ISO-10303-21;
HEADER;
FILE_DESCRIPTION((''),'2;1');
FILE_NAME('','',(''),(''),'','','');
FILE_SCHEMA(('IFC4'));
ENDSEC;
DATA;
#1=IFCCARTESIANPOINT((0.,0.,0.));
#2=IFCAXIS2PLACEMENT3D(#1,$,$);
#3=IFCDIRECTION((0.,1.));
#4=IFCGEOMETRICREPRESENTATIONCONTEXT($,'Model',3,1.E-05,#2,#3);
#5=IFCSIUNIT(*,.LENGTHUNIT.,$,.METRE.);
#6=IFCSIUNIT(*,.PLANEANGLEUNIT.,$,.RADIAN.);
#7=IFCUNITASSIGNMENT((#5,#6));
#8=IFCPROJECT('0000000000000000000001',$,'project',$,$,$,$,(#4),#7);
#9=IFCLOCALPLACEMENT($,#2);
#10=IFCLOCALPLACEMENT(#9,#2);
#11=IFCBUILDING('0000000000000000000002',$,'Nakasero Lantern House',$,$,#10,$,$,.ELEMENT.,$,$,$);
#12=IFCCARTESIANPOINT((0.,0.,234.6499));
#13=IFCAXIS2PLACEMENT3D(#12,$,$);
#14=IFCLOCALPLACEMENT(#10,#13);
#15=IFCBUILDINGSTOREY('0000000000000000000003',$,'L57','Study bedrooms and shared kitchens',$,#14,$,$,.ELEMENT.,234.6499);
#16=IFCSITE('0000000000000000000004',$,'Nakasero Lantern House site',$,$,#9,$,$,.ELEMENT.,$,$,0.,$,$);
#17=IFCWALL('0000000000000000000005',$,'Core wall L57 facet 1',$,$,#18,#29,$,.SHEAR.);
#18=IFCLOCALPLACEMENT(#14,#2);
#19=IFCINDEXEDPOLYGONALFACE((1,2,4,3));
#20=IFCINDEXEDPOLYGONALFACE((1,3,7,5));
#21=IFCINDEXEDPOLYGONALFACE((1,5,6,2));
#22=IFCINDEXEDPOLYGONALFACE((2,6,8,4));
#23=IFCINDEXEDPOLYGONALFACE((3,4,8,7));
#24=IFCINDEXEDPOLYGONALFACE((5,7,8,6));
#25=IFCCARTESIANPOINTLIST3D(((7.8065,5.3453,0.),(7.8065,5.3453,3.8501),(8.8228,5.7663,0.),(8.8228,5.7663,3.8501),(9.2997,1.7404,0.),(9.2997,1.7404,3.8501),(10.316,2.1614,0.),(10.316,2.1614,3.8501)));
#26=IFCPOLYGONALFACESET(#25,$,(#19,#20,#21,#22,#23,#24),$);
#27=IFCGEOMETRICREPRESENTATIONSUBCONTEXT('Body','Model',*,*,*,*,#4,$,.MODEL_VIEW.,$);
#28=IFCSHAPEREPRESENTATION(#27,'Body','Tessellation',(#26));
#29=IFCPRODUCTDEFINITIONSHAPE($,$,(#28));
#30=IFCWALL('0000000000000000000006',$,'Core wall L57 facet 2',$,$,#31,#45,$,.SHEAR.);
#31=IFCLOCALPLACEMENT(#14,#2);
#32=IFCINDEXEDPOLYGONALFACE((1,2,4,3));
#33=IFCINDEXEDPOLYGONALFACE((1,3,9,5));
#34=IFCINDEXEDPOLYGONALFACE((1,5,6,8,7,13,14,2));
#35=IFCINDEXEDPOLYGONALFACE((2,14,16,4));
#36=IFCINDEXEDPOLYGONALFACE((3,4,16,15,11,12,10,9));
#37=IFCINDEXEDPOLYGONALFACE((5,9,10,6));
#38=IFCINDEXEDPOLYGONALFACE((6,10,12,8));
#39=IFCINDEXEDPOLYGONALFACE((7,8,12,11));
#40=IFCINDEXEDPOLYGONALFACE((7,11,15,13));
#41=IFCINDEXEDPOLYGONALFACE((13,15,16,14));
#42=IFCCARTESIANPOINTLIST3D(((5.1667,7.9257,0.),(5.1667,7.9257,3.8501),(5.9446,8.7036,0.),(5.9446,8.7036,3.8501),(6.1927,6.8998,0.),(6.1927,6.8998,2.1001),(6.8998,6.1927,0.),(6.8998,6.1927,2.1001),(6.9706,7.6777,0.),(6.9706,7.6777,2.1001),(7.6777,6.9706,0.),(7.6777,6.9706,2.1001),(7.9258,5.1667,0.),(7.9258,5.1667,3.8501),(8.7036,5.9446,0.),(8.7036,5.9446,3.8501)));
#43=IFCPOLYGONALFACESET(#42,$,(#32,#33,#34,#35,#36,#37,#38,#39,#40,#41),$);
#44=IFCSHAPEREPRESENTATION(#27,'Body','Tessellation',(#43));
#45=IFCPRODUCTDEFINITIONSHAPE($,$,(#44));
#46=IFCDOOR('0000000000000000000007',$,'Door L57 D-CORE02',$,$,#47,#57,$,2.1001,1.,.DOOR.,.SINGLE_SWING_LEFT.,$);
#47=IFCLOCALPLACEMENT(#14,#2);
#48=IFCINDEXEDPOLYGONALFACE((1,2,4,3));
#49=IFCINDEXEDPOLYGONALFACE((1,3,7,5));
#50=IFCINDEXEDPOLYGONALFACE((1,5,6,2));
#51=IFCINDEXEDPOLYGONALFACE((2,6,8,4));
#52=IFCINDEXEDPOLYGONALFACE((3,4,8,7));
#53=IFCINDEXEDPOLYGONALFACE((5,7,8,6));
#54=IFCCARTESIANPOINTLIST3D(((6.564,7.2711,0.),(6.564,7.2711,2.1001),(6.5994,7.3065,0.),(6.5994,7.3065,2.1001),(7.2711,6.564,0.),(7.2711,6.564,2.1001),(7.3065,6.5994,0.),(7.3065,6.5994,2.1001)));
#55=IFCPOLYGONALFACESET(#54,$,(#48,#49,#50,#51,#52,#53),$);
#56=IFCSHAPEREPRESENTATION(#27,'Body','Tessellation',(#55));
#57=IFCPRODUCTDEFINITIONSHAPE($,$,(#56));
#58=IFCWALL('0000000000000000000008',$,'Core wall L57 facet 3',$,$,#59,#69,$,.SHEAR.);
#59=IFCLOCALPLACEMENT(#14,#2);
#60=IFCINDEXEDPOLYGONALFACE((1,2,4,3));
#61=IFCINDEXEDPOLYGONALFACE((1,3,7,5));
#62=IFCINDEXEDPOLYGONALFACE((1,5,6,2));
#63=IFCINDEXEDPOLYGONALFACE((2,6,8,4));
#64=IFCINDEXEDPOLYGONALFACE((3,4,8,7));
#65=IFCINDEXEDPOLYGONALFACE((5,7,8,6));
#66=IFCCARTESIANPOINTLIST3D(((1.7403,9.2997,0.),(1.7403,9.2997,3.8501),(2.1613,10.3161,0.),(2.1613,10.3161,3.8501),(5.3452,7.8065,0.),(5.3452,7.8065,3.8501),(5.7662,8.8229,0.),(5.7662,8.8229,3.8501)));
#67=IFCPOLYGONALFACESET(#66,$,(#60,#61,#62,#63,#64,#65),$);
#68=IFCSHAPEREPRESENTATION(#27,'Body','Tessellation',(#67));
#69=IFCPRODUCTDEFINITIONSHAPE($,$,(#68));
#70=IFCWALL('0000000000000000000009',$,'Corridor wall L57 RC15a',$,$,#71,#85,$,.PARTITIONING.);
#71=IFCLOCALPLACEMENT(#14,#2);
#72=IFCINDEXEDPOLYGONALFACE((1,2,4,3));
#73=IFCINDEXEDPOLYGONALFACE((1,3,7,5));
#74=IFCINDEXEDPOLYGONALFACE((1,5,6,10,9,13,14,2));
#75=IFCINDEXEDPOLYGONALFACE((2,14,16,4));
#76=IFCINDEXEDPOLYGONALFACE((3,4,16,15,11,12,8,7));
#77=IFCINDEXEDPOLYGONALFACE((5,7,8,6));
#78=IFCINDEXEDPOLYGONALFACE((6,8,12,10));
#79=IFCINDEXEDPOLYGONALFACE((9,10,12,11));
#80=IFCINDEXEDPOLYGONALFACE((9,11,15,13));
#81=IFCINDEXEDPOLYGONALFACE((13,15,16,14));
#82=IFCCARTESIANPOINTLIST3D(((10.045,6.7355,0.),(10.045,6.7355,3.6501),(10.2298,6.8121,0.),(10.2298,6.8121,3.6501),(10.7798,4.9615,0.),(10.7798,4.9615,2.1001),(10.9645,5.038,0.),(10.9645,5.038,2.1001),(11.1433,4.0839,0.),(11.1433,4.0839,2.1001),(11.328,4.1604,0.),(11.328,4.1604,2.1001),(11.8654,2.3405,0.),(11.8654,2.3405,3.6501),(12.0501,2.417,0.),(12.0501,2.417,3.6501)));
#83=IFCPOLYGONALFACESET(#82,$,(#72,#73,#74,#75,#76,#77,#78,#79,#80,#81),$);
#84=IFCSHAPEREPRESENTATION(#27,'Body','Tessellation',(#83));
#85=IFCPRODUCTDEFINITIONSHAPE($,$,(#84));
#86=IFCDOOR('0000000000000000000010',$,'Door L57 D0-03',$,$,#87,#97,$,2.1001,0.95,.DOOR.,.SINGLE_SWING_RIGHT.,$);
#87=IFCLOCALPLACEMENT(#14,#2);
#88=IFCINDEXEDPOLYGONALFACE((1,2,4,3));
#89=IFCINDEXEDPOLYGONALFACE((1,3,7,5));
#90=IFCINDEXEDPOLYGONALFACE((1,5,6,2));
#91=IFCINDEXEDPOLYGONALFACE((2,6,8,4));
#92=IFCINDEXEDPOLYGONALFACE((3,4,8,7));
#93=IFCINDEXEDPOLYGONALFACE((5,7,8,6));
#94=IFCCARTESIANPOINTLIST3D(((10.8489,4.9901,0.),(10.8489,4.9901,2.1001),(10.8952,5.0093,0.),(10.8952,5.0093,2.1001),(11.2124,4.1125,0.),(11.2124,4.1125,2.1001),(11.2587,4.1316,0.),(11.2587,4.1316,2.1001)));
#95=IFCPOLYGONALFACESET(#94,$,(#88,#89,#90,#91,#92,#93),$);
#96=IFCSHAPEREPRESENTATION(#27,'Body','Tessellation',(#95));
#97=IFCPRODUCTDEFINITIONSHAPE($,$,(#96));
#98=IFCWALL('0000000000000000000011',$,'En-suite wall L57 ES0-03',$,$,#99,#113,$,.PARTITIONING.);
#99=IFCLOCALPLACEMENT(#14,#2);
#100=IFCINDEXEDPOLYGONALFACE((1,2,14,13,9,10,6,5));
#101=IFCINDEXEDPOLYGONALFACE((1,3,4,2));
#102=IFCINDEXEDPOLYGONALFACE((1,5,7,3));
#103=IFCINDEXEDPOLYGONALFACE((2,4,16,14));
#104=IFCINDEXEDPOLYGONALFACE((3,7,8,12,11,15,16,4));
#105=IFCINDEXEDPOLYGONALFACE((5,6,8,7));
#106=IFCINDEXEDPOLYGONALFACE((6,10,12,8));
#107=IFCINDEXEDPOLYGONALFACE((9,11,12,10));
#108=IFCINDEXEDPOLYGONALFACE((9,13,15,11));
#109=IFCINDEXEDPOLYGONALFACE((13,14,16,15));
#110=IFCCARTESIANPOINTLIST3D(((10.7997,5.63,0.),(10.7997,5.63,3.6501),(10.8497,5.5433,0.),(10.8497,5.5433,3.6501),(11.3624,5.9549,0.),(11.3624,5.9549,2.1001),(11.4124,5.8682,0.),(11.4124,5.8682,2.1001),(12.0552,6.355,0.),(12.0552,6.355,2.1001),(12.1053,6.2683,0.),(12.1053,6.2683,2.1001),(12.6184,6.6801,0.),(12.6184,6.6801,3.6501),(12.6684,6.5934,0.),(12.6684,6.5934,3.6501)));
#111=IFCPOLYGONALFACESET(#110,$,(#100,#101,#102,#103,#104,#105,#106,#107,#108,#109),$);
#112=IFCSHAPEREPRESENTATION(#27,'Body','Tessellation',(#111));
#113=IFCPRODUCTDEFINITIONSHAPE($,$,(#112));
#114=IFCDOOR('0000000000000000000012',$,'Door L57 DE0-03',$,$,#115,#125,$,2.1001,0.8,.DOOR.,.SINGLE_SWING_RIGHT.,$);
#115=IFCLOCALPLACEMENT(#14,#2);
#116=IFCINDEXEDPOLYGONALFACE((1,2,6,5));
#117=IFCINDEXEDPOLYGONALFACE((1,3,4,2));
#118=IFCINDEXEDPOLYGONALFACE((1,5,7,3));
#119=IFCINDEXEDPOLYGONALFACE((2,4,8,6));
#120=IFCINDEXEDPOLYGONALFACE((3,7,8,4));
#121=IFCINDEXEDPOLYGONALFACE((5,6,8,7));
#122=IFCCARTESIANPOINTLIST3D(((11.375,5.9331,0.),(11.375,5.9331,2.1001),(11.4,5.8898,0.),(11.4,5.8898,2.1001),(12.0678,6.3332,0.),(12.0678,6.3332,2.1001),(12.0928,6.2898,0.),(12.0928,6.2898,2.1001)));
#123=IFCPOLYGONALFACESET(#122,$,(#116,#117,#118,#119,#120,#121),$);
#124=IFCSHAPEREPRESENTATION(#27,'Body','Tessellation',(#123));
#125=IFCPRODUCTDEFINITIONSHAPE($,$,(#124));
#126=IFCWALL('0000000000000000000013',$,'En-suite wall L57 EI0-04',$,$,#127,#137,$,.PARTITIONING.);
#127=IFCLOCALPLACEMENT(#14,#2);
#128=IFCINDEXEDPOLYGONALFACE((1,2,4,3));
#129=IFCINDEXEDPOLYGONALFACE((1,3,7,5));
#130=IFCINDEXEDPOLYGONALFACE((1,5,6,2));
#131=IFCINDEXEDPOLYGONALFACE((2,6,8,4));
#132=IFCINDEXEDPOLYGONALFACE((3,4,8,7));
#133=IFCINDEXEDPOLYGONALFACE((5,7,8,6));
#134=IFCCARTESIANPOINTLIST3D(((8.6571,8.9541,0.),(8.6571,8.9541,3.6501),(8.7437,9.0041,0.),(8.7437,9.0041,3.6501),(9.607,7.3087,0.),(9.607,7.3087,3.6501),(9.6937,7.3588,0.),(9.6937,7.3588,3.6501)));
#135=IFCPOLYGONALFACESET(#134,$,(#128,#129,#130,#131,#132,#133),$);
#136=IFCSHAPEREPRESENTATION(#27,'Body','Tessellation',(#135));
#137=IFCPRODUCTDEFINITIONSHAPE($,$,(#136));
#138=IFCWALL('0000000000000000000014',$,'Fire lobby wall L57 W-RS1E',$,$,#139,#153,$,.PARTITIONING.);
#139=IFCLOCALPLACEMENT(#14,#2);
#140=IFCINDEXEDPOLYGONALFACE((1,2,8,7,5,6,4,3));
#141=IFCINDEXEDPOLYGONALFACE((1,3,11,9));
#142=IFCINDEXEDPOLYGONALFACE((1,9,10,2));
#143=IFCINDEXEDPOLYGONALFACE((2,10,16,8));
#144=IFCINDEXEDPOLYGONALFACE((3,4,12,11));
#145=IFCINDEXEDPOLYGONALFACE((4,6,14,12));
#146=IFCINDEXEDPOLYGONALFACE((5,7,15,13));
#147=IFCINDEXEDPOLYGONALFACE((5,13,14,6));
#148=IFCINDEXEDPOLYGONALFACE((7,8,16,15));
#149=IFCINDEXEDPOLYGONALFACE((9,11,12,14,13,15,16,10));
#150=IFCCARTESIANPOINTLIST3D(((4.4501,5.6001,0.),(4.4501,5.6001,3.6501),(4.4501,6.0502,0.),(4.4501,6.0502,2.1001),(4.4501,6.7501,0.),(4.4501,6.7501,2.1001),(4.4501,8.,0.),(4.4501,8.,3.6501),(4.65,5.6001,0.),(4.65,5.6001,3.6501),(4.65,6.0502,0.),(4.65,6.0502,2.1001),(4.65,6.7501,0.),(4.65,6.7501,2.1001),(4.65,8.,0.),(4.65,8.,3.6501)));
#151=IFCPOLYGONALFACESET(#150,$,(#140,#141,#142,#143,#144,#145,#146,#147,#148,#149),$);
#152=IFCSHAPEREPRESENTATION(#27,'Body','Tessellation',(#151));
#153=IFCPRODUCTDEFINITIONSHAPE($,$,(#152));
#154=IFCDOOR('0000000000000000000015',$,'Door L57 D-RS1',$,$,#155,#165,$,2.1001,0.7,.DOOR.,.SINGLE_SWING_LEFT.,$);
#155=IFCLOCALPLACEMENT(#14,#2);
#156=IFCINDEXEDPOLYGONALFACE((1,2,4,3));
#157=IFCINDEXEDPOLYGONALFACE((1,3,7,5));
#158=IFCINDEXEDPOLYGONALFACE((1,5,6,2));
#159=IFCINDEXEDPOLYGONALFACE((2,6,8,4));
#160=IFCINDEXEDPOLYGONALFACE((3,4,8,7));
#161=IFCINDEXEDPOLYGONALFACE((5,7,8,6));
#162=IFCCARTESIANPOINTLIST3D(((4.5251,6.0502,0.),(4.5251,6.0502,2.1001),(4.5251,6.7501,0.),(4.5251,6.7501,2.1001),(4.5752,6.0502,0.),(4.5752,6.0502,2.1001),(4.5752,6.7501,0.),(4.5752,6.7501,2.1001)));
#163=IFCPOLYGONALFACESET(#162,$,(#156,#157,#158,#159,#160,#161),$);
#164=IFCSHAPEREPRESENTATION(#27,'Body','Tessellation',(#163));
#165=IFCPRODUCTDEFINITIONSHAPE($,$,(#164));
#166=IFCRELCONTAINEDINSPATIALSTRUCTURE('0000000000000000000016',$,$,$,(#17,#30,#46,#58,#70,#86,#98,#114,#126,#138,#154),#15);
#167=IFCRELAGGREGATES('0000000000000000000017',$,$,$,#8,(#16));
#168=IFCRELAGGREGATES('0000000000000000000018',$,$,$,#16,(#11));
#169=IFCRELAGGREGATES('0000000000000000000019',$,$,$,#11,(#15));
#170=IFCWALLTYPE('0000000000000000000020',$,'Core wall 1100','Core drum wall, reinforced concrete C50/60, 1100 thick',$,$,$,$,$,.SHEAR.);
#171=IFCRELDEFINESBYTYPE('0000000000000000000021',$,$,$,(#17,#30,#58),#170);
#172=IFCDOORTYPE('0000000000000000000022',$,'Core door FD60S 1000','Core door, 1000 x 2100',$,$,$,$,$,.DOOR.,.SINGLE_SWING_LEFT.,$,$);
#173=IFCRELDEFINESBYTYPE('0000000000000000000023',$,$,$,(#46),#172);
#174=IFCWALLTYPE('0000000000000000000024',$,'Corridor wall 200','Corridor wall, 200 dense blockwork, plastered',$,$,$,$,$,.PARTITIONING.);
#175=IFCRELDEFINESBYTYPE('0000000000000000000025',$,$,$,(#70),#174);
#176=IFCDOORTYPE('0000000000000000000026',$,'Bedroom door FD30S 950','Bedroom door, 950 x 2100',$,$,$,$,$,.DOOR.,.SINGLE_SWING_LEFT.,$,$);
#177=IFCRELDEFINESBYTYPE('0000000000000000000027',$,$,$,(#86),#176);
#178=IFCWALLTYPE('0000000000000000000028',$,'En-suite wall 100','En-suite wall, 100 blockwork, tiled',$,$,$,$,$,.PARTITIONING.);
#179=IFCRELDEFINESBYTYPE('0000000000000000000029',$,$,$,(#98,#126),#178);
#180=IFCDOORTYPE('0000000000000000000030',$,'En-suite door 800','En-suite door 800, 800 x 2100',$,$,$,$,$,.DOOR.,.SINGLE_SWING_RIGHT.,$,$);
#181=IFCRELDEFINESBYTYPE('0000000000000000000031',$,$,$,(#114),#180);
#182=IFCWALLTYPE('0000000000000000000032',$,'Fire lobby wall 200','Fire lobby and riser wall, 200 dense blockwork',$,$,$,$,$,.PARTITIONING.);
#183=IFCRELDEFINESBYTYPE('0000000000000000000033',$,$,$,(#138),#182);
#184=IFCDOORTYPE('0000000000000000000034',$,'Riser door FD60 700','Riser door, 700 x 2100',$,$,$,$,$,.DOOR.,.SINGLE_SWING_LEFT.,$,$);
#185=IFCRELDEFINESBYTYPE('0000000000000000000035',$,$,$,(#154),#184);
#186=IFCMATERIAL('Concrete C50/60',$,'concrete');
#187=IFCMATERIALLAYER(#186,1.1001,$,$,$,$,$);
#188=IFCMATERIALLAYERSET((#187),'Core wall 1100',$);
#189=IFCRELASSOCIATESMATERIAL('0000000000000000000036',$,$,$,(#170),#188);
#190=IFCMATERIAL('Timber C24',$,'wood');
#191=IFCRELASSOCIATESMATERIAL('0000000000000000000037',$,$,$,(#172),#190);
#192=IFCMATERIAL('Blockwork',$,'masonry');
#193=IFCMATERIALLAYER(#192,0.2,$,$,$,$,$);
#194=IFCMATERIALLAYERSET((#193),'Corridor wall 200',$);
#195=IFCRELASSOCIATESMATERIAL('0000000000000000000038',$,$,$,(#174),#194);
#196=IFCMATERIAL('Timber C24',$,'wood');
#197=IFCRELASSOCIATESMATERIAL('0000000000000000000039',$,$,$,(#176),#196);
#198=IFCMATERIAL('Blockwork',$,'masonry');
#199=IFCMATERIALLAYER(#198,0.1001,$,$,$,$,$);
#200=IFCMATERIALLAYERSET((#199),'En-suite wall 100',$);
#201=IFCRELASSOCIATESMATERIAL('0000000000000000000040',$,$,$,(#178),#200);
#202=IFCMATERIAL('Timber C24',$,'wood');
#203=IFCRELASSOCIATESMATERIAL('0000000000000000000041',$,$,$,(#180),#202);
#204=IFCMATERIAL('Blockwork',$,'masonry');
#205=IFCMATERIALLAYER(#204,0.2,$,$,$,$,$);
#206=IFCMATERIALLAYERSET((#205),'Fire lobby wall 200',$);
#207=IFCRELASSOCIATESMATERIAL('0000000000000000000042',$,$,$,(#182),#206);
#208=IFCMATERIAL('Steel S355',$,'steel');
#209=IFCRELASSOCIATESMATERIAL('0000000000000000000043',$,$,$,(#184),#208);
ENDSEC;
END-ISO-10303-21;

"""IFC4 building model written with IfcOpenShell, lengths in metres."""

from ifc_helpers import new_model, si_unit, direction, frame, frame_2d, origin, place, context, subcontext, project, spatial, rectangle, extrude, material, layer, layer_set, type_object, element, fill, save


model = new_model("IFC4")

# Units and contexts
model_context = context("Model", 3, precision=1e-05, world=origin(), true_north=direction((0.0, 1.0)))
body_context = subcontext(model_context, "Body", "Model", "MODEL_VIEW")
ifc_project = project(units=[si_unit("LENGTHUNIT", "METRE"), si_unit("PLANEANGLEUNIT", "RADIAN")], contexts=[model_context])

# Site, building, storey
site_placement = place(None, origin())
site = spatial("IfcSite", under=ifc_project, at=site_placement, Name="Nakasero Lantern House site", CompositionType="ELEMENT", RefElevation=0.0)
building_placement = place(site_placement, origin())
building = spatial("IfcBuilding", under=site, at=building_placement, Name="Nakasero Lantern House", CompositionType="ELEMENT")
storey_placement = place(building_placement, frame((0.0, 0.0, 234.6499)))
storey = spatial("IfcBuildingStorey", under=building, at=storey_placement, Name="L57", Description="Study bedrooms and shared kitchens", CompositionType="ELEMENT", Elevation=234.6499)

# Wall
ifc_material_1 = material(Name="Concrete C50/60", Category="concrete")
ifc_layer_1 = layer(ifc_material_1, 1.1001)
ifc_layer_set_1 = layer_set([ifc_layer_1], Name="Core wall 1100")
wall_type_1 = type_object("IfcWallType", Name="Core wall 1100", Description="Core drum wall, reinforced concrete C50/60, 1100 thick", PredefinedType="SHEAR", material=ifc_layer_set_1)
wall_1_placement = place(storey_placement, frame((9.8079, 1.9509, 0.0), z_axis=(0.0, 0.0, 1.0), x_axis=(-0.382691, 0.923877, 0.0)))
element("IfcWall", 1, at=wall_1_placement, inside=storey, type_object=wall_type_1, Name="Core wall L57 facet 1", PredefinedType="SHEAR", context=body_context, shape_type="SweptSolid", body=[
    extrude(rectangle(XDim=3.9019, YDim=1.1001, at=frame_2d((1.9509, 0.0))), origin(), (0.0, 0.0, 1.0), 3.8501),
])

# Wall, opening, door
wall_2_placement = place(storey_placement, frame((8.3147, 5.5557, 0.0), z_axis=(0.0, 0.0, 1.0), x_axis=(-0.707107, 0.707107, 0.0)))
wall_2 = element("IfcWall", 2, at=wall_2_placement, inside=storey, type_object=wall_type_1, Name="Core wall L57 facet 2", PredefinedType="SHEAR", context=body_context, shape_type="SweptSolid", body=[
    extrude(rectangle(XDim=3.9019, YDim=1.1001, at=frame_2d((1.9509, 0.0))), origin(), (0.0, 0.0, 1.0), 3.8501),
])
opening_1_placement = place(wall_2_placement, frame((1.4509, 0.0, 0.0)))
opening_1 = element("IfcOpeningElement", 3, at=opening_1_placement, cuts=wall_2, PredefinedType="OPENING", context=body_context, shape_type="SweptSolid", body=[
    extrude(rectangle(XDim=1.0, YDim=2.1001, at=frame_2d((0.5, 1.05))), frame((0.0, 0.5701, 0.0), z_axis=(0.0, -1.0, 0.0), x_axis=(1.0, 0.0, 0.0)), (0.0, 0.0, 1.0), 1.1401),
])
ifc_material_2 = material(Name="Timber C24", Category="wood")
door_type_1 = type_object("IfcDoorType", Name="Core door FD60S 1000", Description="Core door, 1000 x 2100", OperationType="SINGLE_SWING_LEFT", PredefinedType="DOOR", material=ifc_material_2)
door_1_placement = place(opening_1_placement, origin())
door_1 = element("IfcDoor", 4, at=door_1_placement, inside=storey, type_object=door_type_1, Name="Door L57 D-CORE02", OperationType="SINGLE_SWING_LEFT", OverallHeight=2.1001, OverallWidth=1.0, PredefinedType="DOOR", context=body_context, shape_type="SweptSolid", body=[
    extrude(rectangle(XDim=1.0, YDim=2.1001, at=frame_2d((0.5, 1.05))), frame((0.0, 0.0249, 0.0), z_axis=(0.0, -1.0, 0.0), x_axis=(1.0, 0.0, 0.0)), (0.0, 0.0, 1.0), 0.05),
])
fill(opening_1, door_1)

# Wall
wall_3_placement = place(storey_placement, frame((5.5557, 8.3147, 0.0), z_axis=(0.0, 0.0, 1.0), x_axis=(-0.923877, 0.382691, 0.0)))
element("IfcWall", 5, at=wall_3_placement, inside=storey, type_object=wall_type_1, Name="Core wall L57 facet 3", PredefinedType="SHEAR", context=body_context, shape_type="SweptSolid", body=[
    extrude(rectangle(XDim=3.9019, YDim=1.1001, at=frame_2d((1.9509, 0.0))), origin(), (0.0, 0.0, 1.0), 3.8501),
])

# Walls, openings, doors
ifc_material_3 = material(Name="Blockwork", Category="masonry")
ifc_layer_2 = layer(ifc_material_3, 0.2)
ifc_layer_set_2 = layer_set([ifc_layer_2], Name="Corridor wall 200")
wall_type_2 = type_object("IfcWallType", Name="Corridor wall 200", Description="Corridor wall, 200 dense blockwork, plastered", PredefinedType="PARTITIONING", material=ifc_layer_set_2)
wall_4_placement = place(storey_placement, frame((10.1375, 6.7737, 0.0), z_axis=(0.0, 0.0, 1.0), x_axis=(0.382654, -0.923892, 0.0)))
wall_4 = element("IfcWall", 6, at=wall_4_placement, inside=storey, type_object=wall_type_2, Name="Corridor wall L57 RC15a", PredefinedType="PARTITIONING", context=body_context, shape_type="SweptSolid", body=[
    extrude(rectangle(XDim=4.7571, YDim=0.2, at=frame_2d((2.3784, 0.0))), origin(), (0.0, 0.0, 1.0), 3.6501),
])
opening_2_placement = place(wall_4_placement, frame((1.9199, 0.0, 0.0)))
opening_2 = element("IfcOpeningElement", 7, at=opening_2_placement, cuts=wall_4, PredefinedType="OPENING", context=body_context, shape_type="SweptSolid", body=[
    extrude(rectangle(XDim=0.95, YDim=2.1001, at=frame_2d((0.4751, 1.05))), frame((0.0, 0.1199, 0.0), z_axis=(0.0, -1.0, 0.0), x_axis=(1.0, 0.0, 0.0)), (0.0, 0.0, 1.0), 0.24),
])
ifc_material_4 = material(Name="Timber C24", Category="wood")
door_type_2 = type_object("IfcDoorType", Name="Bedroom door FD30S 950", Description="Bedroom door, 950 x 2100", OperationType="SINGLE_SWING_LEFT", PredefinedType="DOOR", material=ifc_material_4)
door_2_placement = place(opening_2_placement, origin())
door_2 = element("IfcDoor", 8, at=door_2_placement, inside=storey, type_object=door_type_2, Name="Door L57 D0-03", OperationType="SINGLE_SWING_RIGHT", OverallHeight=2.1001, OverallWidth=0.95, PredefinedType="DOOR", context=body_context, shape_type="SweptSolid", body=[
    extrude(rectangle(XDim=0.95, YDim=2.1001, at=frame_2d((0.4751, 1.05))), frame((0.0, 0.0249, 0.0), z_axis=(0.0, -1.0, 0.0), x_axis=(1.0, 0.0, 0.0)), (0.0, 0.0, 1.0), 0.05),
])
fill(opening_2, door_2)
ifc_material_5 = material(Name="Blockwork", Category="masonry")
ifc_layer_3 = layer(ifc_material_5, 0.1001)
ifc_layer_set_3 = layer_set([ifc_layer_3], Name="En-suite wall 100")
wall_type_3 = type_object("IfcWallType", Name="En-suite wall 100", Description="En-suite wall, 100 blockwork, tiled", PredefinedType="PARTITIONING", material=ifc_layer_set_3)
wall_5_placement = place(storey_placement, frame((10.8247, 5.5867, 0.0), z_axis=(0.0, 0.0, 1.0), x_axis=(0.866009, 0.500028, 0.0)))
wall_5 = element("IfcWall", 9, at=wall_5_placement, inside=storey, type_object=wall_type_3, Name="En-suite wall L57 ES0-03", PredefinedType="PARTITIONING", context=body_context, shape_type="SweptSolid", body=[
    extrude(rectangle(XDim=2.1001, YDim=0.1001, at=frame_2d((1.05, 0.0))), origin(), (0.0, 0.0, 1.0), 3.6501),
])
opening_3_placement = place(wall_5_placement, frame((0.6499, 0.0, 0.0)))
opening_3 = element("IfcOpeningElement", 10, at=opening_3_placement, cuts=wall_5, PredefinedType="OPENING", context=body_context, shape_type="SweptSolid", body=[
    extrude(rectangle(XDim=0.8, YDim=2.1001, at=frame_2d((0.3999, 1.05))), frame((0.0, 0.0701, 0.0), z_axis=(0.0, -1.0, 0.0), x_axis=(1.0, 0.0, 0.0)), (0.0, 0.0, 1.0), 0.1401),
])
ifc_material_6 = material(Name="Timber C24", Category="wood")
door_type_3 = type_object("IfcDoorType", Name="En-suite door 800", Description="En-suite door 800, 800 x 2100", OperationType="SINGLE_SWING_RIGHT", PredefinedType="DOOR", material=ifc_material_6)
door_3_placement = place(opening_3_placement, origin())
door_3 = element("IfcDoor", 11, at=door_3_placement, inside=storey, type_object=door_type_3, Name="Door L57 DE0-03", OperationType="SINGLE_SWING_RIGHT", OverallHeight=2.1001, OverallWidth=0.8, PredefinedType="DOOR", context=body_context, shape_type="SweptSolid", body=[
    extrude(rectangle(XDim=0.8, YDim=2.1001, at=frame_2d((0.3999, 1.05))), frame((0.0, 0.0249, 0.0), z_axis=(0.0, -1.0, 0.0), x_axis=(1.0, 0.0, 0.0)), (0.0, 0.0, 1.0), 0.05),
])
fill(opening_3, door_3)

# Wall
wall_6_placement = place(storey_placement, frame((9.6504, 7.3337, 0.0), z_axis=(0.0, 0.0, 1.0), x_axis=(-0.500023, 0.866012, 0.0)))
element("IfcWall", 12, at=wall_6_placement, inside=storey, type_object=wall_type_3, Name="En-suite wall L57 EI0-04", PredefinedType="PARTITIONING", context=body_context, shape_type="SweptSolid", body=[
    extrude(rectangle(XDim=1.8999, YDim=0.1001, at=frame_2d((0.95, 0.0))), origin(), (0.0, 0.0, 1.0), 3.6501),
])

# Wall, opening, door
ifc_material_7 = material(Name="Blockwork", Category="masonry")
ifc_layer_4 = layer(ifc_material_7, 0.2)
ifc_layer_set_4 = layer_set([ifc_layer_4], Name="Fire lobby wall 200")
wall_type_4 = type_object("IfcWallType", Name="Fire lobby wall 200", Description="Fire lobby and riser wall, 200 dense blockwork", PredefinedType="PARTITIONING", material=ifc_layer_set_4)
wall_7_placement = place(storey_placement, frame((4.55, 5.6001, 0.0), z_axis=(0.0, 0.0, 1.0), x_axis=(0.0, 1.0, 0.0)))
wall_7 = element("IfcWall", 13, at=wall_7_placement, inside=storey, type_object=wall_type_4, Name="Fire lobby wall L57 W-RS1E", PredefinedType="PARTITIONING", context=body_context, shape_type="SweptSolid", body=[
    extrude(rectangle(XDim=2.3999, YDim=0.2, at=frame_2d((1.2, 0.0))), origin(), (0.0, 0.0, 1.0), 3.6501),
])
opening_4_placement = place(wall_7_placement, frame((0.45, 0.0, 0.0)))
opening_4 = element("IfcOpeningElement", 14, at=opening_4_placement, cuts=wall_7, PredefinedType="OPENING", context=body_context, shape_type="SweptSolid", body=[
    extrude(rectangle(XDim=0.7, YDim=2.1001, at=frame_2d((0.3501, 1.05))), frame((0.0, 0.1199, 0.0), z_axis=(0.0, -1.0, 0.0), x_axis=(1.0, 0.0, 0.0)), (0.0, 0.0, 1.0), 0.24),
])
ifc_material_8 = material(Name="Steel S355", Category="steel")
door_type_4 = type_object("IfcDoorType", Name="Riser door FD60 700", Description="Riser door, 700 x 2100", OperationType="SINGLE_SWING_LEFT", PredefinedType="DOOR", material=ifc_material_8)
door_4_placement = place(opening_4_placement, origin())
door_4 = element("IfcDoor", 15, at=door_4_placement, inside=storey, type_object=door_type_4, Name="Door L57 D-RS1", OperationType="SINGLE_SWING_LEFT", OverallHeight=2.1001, OverallWidth=0.7, PredefinedType="DOOR", context=body_context, shape_type="SweptSolid", body=[
    extrude(rectangle(XDim=0.7, YDim=2.1001, at=frame_2d((0.3501, 1.05))), frame((0.0, 0.0249, 0.0), z_axis=(0.0, -1.0, 0.0), x_axis=(1.0, 0.0, 0.0)), (0.0, 0.0, 1.0), 0.05),
])
fill(opening_4, door_4)

save(model, "model.ifc")
